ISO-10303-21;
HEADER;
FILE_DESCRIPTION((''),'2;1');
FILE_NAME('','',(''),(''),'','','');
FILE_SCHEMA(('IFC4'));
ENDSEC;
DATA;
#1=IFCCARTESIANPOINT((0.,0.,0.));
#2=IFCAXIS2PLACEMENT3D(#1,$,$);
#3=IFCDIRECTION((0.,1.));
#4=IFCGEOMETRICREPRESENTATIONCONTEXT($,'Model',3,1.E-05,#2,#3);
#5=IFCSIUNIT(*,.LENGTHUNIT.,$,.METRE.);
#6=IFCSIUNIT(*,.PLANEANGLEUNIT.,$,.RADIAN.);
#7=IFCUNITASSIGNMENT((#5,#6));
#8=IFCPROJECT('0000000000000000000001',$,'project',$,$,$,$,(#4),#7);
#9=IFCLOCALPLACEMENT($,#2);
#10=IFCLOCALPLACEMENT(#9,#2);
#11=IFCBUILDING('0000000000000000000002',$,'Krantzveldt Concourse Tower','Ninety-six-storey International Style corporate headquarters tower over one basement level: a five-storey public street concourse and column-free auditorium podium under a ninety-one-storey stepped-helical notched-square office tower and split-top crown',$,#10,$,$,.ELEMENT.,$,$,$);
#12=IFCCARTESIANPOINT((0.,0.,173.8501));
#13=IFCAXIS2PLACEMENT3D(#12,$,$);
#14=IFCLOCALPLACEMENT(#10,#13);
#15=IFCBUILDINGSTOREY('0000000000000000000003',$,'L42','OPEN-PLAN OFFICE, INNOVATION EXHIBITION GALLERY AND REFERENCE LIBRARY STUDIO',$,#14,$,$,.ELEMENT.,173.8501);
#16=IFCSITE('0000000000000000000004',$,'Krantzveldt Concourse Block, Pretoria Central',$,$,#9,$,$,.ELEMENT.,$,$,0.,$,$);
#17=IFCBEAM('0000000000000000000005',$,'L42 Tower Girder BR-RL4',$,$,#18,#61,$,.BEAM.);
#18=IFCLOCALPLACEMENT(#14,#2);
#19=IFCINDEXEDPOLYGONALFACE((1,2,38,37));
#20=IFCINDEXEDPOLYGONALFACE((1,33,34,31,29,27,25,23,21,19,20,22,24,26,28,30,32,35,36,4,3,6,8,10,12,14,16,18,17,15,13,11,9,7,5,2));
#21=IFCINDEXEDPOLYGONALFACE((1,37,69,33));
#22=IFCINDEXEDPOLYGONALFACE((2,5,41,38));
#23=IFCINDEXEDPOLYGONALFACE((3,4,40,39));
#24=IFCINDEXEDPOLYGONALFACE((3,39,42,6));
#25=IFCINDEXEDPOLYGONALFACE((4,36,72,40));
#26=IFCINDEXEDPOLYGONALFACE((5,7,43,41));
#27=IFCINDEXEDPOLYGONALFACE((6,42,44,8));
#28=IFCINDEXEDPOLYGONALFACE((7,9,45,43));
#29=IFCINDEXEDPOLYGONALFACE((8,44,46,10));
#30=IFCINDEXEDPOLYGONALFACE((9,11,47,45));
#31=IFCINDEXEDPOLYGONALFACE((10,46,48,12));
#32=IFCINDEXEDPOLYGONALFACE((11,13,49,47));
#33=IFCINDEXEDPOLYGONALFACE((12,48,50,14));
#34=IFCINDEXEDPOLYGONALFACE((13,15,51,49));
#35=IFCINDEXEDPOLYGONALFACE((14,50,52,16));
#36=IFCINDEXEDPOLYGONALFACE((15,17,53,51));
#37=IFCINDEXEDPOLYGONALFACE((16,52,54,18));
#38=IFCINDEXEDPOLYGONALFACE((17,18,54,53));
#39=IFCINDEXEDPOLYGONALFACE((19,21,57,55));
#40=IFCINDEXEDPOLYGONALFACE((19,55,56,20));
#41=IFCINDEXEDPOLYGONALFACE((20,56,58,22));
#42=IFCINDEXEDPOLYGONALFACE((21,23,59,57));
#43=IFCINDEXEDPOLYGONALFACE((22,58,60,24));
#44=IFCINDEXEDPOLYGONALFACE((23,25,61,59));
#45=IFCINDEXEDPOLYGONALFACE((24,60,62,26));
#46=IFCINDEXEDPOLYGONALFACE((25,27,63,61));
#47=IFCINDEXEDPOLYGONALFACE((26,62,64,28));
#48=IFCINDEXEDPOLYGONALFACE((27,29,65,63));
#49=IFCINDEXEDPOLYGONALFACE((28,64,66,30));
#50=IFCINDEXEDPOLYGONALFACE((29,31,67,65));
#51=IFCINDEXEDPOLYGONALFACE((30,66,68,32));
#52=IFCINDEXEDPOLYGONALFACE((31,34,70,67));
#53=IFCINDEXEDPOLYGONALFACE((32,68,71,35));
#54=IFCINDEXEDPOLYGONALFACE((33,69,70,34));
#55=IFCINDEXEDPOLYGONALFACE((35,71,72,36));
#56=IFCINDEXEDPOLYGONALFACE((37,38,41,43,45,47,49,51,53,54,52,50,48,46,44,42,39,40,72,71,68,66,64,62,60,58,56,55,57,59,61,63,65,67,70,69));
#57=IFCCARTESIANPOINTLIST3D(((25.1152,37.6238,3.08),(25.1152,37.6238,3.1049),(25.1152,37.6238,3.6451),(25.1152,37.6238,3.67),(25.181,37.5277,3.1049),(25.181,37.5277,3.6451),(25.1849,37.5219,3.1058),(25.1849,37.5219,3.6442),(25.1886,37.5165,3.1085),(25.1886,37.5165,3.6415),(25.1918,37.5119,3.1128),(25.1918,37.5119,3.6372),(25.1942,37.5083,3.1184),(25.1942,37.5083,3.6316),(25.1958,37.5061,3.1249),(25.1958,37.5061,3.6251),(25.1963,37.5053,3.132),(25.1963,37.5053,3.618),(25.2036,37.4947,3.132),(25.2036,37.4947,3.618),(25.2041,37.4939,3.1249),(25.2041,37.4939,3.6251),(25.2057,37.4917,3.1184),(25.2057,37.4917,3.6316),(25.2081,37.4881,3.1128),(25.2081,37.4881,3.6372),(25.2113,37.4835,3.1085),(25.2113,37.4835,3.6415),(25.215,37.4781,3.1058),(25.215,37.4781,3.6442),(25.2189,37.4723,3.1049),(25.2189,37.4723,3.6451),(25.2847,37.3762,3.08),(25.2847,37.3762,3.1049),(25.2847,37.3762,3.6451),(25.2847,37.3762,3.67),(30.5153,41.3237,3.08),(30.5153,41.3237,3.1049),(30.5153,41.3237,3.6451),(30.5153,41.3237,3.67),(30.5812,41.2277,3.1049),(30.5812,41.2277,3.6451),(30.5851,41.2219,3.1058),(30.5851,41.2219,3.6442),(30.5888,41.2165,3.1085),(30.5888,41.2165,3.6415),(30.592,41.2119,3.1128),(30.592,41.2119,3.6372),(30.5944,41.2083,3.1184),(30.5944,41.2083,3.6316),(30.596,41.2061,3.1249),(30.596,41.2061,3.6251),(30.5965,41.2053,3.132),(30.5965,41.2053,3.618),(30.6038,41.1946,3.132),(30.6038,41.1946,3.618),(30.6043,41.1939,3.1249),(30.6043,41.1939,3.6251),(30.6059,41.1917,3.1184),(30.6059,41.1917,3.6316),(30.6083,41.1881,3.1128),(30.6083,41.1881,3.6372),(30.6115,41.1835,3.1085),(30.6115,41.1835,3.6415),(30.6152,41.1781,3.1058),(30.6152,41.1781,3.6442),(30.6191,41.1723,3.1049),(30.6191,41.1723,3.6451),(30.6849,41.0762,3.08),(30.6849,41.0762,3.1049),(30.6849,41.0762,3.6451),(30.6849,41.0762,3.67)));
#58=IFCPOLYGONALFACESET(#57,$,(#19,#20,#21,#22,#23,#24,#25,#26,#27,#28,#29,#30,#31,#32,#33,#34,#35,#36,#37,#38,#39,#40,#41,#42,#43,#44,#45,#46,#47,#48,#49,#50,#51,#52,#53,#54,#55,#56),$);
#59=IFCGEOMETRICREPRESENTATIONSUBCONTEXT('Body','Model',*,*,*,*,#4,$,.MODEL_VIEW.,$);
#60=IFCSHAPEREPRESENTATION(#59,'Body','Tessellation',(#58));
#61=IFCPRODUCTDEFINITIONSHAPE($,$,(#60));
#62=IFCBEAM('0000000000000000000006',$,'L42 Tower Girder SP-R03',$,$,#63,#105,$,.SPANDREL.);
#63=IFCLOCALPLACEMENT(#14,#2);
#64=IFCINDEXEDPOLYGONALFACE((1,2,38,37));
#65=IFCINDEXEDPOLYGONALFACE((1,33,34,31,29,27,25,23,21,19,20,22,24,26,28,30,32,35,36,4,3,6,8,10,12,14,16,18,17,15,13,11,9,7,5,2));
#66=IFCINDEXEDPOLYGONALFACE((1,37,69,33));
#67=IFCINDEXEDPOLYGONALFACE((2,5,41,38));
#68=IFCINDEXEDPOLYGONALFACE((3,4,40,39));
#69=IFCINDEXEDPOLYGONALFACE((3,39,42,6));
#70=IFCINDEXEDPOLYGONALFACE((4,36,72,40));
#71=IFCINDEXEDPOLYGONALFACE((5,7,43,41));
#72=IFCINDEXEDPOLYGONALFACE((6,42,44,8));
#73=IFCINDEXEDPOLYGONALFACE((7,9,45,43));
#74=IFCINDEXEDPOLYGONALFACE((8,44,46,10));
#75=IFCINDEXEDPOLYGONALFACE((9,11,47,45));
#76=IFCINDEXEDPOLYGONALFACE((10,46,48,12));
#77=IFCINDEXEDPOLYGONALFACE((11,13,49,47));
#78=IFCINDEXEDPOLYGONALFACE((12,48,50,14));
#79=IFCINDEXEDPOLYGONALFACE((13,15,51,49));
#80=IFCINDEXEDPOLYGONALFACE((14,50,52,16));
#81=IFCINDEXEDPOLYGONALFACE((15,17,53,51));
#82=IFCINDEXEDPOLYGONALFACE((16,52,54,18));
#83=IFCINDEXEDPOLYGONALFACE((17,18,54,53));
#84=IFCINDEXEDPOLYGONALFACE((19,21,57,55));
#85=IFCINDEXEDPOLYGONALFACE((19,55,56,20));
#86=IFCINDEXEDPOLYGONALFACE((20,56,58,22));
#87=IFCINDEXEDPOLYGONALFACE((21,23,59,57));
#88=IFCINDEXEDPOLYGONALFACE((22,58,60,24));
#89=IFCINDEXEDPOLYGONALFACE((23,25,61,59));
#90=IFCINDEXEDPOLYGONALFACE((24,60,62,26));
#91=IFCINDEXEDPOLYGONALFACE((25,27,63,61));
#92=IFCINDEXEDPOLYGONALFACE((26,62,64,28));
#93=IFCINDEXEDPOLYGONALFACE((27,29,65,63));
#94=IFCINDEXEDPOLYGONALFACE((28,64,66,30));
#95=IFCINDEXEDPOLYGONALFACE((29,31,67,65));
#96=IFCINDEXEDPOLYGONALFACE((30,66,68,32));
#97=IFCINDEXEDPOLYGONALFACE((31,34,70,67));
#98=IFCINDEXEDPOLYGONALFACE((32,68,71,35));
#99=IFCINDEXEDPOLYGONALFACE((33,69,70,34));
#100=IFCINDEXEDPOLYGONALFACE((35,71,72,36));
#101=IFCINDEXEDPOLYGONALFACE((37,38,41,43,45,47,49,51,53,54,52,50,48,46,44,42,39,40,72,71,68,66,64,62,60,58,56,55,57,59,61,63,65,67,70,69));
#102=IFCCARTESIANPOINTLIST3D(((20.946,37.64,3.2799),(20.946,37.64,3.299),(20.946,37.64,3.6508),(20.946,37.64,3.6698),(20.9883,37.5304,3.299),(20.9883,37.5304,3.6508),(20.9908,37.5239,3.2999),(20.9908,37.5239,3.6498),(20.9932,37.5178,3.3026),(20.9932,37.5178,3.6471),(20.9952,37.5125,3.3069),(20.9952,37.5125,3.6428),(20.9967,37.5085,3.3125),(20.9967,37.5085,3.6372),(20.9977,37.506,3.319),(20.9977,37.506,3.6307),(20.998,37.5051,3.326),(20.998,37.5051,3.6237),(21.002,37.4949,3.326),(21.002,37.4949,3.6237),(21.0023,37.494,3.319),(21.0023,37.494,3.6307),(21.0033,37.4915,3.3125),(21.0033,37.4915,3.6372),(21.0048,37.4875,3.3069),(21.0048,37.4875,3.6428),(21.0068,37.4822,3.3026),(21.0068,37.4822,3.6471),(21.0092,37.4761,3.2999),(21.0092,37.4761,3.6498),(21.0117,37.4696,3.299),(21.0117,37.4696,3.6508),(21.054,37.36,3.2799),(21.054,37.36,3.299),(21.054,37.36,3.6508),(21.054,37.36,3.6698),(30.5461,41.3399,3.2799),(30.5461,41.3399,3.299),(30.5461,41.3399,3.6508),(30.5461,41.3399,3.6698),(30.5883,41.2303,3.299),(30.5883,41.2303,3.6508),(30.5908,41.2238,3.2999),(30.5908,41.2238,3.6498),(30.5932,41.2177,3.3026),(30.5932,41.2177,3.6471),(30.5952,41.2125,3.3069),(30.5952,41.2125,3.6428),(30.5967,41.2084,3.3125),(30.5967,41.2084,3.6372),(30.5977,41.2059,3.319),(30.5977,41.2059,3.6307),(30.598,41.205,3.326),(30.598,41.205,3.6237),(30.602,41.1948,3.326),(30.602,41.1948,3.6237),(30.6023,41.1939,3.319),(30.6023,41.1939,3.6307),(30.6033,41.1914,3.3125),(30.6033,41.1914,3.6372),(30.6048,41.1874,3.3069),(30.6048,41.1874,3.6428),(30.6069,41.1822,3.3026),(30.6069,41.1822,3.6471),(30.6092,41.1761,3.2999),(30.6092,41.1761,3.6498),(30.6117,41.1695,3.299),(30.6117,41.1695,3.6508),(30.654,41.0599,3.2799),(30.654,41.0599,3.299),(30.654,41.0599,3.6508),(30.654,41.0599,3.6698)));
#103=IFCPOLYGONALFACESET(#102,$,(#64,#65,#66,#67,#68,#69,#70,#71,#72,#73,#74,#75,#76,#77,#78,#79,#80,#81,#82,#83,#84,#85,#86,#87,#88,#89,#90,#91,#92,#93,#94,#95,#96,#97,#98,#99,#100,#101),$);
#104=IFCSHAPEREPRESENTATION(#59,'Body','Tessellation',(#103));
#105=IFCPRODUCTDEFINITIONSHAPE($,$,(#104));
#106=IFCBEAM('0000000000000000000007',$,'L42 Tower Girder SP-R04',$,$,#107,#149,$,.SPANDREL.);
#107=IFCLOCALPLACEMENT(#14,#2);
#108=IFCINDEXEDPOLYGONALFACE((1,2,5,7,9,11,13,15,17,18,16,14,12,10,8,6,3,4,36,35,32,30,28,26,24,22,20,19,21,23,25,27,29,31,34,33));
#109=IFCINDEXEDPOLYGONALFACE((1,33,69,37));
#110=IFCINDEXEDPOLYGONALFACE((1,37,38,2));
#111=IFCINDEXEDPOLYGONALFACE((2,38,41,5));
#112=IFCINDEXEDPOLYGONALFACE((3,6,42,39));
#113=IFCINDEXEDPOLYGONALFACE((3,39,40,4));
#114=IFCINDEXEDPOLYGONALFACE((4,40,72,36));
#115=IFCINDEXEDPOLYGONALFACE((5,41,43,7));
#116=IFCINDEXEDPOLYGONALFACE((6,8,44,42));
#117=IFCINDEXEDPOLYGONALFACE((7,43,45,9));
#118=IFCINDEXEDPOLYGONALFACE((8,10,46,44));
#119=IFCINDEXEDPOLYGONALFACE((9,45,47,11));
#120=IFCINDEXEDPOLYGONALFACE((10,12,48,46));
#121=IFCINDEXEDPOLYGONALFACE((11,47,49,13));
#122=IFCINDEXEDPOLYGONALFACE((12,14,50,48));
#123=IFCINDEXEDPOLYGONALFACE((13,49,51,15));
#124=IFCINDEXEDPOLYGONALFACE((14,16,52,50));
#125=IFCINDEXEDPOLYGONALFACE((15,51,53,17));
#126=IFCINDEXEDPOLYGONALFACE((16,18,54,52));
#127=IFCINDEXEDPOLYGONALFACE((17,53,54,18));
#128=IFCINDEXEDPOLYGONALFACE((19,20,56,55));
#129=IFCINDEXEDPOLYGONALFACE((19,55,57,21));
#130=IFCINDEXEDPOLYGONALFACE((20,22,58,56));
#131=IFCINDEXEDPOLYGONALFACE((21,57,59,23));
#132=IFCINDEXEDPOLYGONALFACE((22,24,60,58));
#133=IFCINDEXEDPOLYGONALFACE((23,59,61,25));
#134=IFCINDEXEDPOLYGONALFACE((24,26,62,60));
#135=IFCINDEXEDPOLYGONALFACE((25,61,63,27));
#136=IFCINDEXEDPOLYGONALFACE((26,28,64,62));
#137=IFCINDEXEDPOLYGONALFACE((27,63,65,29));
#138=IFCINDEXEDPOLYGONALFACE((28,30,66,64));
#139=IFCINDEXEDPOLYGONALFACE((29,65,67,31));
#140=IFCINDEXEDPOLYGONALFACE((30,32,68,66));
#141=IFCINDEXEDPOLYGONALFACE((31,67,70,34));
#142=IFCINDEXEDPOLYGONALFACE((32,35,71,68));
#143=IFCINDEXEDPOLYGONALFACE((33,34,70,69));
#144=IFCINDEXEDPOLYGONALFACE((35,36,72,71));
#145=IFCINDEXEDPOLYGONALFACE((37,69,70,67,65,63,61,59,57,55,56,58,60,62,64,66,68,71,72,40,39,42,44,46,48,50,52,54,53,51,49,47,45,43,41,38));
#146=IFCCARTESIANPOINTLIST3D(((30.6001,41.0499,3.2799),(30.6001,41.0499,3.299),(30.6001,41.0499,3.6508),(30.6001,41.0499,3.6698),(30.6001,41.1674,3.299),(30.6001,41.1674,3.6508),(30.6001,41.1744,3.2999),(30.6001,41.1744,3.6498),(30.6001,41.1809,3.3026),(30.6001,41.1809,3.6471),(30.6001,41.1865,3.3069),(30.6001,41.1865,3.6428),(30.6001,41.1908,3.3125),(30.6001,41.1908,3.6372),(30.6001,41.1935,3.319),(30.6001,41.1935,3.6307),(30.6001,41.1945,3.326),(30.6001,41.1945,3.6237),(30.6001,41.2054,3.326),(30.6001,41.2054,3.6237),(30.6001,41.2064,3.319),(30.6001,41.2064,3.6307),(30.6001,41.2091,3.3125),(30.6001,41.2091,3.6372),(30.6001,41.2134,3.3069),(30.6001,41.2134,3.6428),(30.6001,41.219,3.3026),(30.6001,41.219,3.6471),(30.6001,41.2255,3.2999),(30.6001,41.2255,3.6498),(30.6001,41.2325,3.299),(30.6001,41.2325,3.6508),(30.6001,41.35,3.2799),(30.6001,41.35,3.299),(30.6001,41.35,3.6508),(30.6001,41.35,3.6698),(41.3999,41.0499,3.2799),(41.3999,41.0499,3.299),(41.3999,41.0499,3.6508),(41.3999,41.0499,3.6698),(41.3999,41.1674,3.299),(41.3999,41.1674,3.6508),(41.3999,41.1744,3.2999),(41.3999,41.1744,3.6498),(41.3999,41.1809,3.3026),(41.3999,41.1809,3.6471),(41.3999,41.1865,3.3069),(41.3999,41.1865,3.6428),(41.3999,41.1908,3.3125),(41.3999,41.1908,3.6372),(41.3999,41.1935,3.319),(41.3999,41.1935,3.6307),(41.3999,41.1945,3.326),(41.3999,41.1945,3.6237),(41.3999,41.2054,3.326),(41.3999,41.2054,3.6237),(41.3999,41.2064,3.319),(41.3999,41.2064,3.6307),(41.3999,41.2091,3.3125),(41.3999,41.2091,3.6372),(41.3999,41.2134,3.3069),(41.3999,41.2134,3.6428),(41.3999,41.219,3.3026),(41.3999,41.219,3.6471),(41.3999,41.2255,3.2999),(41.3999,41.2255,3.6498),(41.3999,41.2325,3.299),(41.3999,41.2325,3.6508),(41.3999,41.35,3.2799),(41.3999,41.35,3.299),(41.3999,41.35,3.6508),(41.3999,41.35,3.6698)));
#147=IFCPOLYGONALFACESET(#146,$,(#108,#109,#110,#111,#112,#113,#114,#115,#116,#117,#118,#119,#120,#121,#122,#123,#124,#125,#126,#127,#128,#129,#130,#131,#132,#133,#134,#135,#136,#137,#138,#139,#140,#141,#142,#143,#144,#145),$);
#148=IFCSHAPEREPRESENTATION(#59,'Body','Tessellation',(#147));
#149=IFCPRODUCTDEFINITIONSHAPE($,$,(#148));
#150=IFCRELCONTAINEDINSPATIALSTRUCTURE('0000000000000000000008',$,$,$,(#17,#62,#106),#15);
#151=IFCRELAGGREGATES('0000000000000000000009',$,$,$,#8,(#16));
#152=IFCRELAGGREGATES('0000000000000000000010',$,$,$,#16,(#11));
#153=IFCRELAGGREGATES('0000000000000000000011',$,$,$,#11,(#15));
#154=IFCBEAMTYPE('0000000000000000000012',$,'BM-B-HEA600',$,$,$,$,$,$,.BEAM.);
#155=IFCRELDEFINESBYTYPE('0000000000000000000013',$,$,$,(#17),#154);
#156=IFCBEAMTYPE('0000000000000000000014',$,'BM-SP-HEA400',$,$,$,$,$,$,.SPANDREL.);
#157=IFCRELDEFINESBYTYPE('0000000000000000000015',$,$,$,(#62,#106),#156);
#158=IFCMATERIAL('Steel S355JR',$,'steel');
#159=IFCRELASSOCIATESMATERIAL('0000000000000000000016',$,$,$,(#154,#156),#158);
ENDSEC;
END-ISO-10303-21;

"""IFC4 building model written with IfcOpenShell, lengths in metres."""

from ifc_helpers import new_model, si_unit, direction, frame, origin, origin_2d, place, context, subcontext, project, spatial, i_section, extrude, source, transform, mapped, material, material_profile, profile_set, type_object, type_shapes, element, save


model = new_model("IFC4")

# Units and contexts
model_context = context("Model", 3, precision=1e-05, world=origin(), true_north=direction((0.0, 1.0)))
body_context = subcontext(model_context, "Body", "Model", "MODEL_VIEW")
ifc_project = project(units=[si_unit("LENGTHUNIT", "METRE"), si_unit("PLANEANGLEUNIT", "RADIAN")], contexts=[model_context])

# Site, building, storey
site_placement = place(None, origin())
site = spatial("IfcSite", under=ifc_project, at=site_placement, Name="Krantzveldt Concourse Block, Pretoria Central", CompositionType="ELEMENT", RefElevation=0.0)
building_placement = place(site_placement, origin())
building = spatial("IfcBuilding", under=site, at=building_placement, Name="Krantzveldt Concourse Tower", Description="Ninety-six-storey International Style corporate headquarters tower over one basement level: a five-storey public street concourse and column-free auditorium podium under a ninety-one-storey stepped-helical notched-square office tower and split-top crown", CompositionType="ELEMENT")
storey_placement = place(building_placement, frame((0.0, 0.0, 173.8501)))
storey = spatial("IfcBuildingStorey", under=building, at=storey_placement, Name="L42", Description="OPEN-PLAN OFFICE, INNOVATION EXHIBITION GALLERY AND REFERENCE LIBRARY STUDIO", CompositionType="ELEMENT", Elevation=173.8501)

# Beams
ifc_material_1 = material(Name="Steel S355JR", Category="steel")
ifc_material_profile_1 = material_profile(ifc_material_1, i_section(OverallWidth=0.3, OverallDepth=0.5901, WebThickness=0.0129, FlangeThickness=0.0249, FilletRadius=0.0271, at=origin_2d()), Name="Steel S355JR", Category="steel")
ifc_profile_set_1 = profile_set([ifc_material_profile_1], Name="Steel S355JR - HEA 600")
beam_type_1 = type_object("IfcBeamType", Name="BM-B-HEA600", PredefinedType="BEAM", material=ifc_profile_set_1)
shared_shape_1 = source(origin(), body_context, "Body", "SweptSolid", [
    extrude(i_section(OverallWidth=0.3, OverallDepth=0.5901, WebThickness=0.0129, FlangeThickness=0.0249, FilletRadius=0.0271, at=origin_2d()), origin(), (0.0, 0.0, 1.0), 6.5461),
])
beam_1_placement = place(storey_placement, frame((25.2, 37.5, 3.375), z_axis=(0.824943, 0.565216, 0.0), x_axis=(-0.565216, 0.824943, 0.0)))
element("IfcBeam", 1, at=beam_1_placement, inside=storey, type_object=beam_type_1, Name="L42 Tower Girder BR-RL4", PredefinedType="BEAM", context=body_context, shape_type="MappedRepresentation", body=[
    mapped(shared_shape_1, transform((0.0, 0.0, 0.0), x_axis=(1.0, 0.0, 0.0), y_axis=(0.0, 1.0, 0.0), z_axis=(0.0, 0.0, 1.0), scale=1.0)),
])
ifc_material_profile_2 = material_profile(ifc_material_1, i_section(OverallWidth=0.3, OverallDepth=0.3899, WebThickness=0.011, FlangeThickness=0.019, FilletRadius=0.0271, at=origin_2d()), Name="Steel S355JR", Category="steel")
ifc_profile_set_2 = profile_set([ifc_material_profile_2], Name="Steel S355JR - HEA 400")
beam_type_2 = type_object("IfcBeamType", Name="BM-SP-HEA400", PredefinedType="SPANDREL", material=ifc_profile_set_2)
shared_shape_2 = source(origin(), body_context, "Body", "SweptSolid", [
    extrude(i_section(OverallWidth=0.3, OverallDepth=0.3899, WebThickness=0.011, FlangeThickness=0.019, FilletRadius=0.0271, at=origin_2d()), origin(), (0.0, 0.0, 1.0), 10.2883),
])
beam_2_placement = place(storey_placement, frame((21.0, 37.5, 3.4749), z_axis=(0.933098, 0.359623, 0.0), x_axis=(-0.359623, 0.933098, 0.0)))
element("IfcBeam", 2, at=beam_2_placement, inside=storey, type_object=beam_type_2, Name="L42 Tower Girder SP-R03", PredefinedType="SPANDREL", context=body_context, shape_type="MappedRepresentation", body=[
    mapped(shared_shape_2, transform((0.0, 0.0, 0.0), x_axis=(1.0, 0.0, 0.0), y_axis=(0.0, 1.0, 0.0), z_axis=(0.0, 0.0, 1.0), scale=1.0)),
])
shared_shape_3 = source(origin(), body_context, "Body", "SweptSolid", [
    extrude(i_section(OverallWidth=0.3, OverallDepth=0.3899, WebThickness=0.011, FlangeThickness=0.019, FilletRadius=0.0271, at=origin_2d()), origin(), (0.0, 0.0, 1.0), 10.7998),
])
type_shapes(beam_type_2, [shared_shape_2, shared_shape_3])
beam_3_placement = place(storey_placement, frame((30.6001, 41.2, 3.4749), z_axis=(1.0, 0.0, 0.0), x_axis=(0.0, 1.0, 0.0)))
element("IfcBeam", 3, at=beam_3_placement, inside=storey, type_object=beam_type_2, Name="L42 Tower Girder SP-R04", PredefinedType="SPANDREL", context=body_context, shape_type="MappedRepresentation", body=[
    mapped(shared_shape_3, transform((0.0, 0.0, 0.0), x_axis=(1.0, 0.0, 0.0), y_axis=(0.0, 1.0, 0.0), z_axis=(0.0, 0.0, 1.0), scale=1.0)),
])

save(model, "model.ifc")
